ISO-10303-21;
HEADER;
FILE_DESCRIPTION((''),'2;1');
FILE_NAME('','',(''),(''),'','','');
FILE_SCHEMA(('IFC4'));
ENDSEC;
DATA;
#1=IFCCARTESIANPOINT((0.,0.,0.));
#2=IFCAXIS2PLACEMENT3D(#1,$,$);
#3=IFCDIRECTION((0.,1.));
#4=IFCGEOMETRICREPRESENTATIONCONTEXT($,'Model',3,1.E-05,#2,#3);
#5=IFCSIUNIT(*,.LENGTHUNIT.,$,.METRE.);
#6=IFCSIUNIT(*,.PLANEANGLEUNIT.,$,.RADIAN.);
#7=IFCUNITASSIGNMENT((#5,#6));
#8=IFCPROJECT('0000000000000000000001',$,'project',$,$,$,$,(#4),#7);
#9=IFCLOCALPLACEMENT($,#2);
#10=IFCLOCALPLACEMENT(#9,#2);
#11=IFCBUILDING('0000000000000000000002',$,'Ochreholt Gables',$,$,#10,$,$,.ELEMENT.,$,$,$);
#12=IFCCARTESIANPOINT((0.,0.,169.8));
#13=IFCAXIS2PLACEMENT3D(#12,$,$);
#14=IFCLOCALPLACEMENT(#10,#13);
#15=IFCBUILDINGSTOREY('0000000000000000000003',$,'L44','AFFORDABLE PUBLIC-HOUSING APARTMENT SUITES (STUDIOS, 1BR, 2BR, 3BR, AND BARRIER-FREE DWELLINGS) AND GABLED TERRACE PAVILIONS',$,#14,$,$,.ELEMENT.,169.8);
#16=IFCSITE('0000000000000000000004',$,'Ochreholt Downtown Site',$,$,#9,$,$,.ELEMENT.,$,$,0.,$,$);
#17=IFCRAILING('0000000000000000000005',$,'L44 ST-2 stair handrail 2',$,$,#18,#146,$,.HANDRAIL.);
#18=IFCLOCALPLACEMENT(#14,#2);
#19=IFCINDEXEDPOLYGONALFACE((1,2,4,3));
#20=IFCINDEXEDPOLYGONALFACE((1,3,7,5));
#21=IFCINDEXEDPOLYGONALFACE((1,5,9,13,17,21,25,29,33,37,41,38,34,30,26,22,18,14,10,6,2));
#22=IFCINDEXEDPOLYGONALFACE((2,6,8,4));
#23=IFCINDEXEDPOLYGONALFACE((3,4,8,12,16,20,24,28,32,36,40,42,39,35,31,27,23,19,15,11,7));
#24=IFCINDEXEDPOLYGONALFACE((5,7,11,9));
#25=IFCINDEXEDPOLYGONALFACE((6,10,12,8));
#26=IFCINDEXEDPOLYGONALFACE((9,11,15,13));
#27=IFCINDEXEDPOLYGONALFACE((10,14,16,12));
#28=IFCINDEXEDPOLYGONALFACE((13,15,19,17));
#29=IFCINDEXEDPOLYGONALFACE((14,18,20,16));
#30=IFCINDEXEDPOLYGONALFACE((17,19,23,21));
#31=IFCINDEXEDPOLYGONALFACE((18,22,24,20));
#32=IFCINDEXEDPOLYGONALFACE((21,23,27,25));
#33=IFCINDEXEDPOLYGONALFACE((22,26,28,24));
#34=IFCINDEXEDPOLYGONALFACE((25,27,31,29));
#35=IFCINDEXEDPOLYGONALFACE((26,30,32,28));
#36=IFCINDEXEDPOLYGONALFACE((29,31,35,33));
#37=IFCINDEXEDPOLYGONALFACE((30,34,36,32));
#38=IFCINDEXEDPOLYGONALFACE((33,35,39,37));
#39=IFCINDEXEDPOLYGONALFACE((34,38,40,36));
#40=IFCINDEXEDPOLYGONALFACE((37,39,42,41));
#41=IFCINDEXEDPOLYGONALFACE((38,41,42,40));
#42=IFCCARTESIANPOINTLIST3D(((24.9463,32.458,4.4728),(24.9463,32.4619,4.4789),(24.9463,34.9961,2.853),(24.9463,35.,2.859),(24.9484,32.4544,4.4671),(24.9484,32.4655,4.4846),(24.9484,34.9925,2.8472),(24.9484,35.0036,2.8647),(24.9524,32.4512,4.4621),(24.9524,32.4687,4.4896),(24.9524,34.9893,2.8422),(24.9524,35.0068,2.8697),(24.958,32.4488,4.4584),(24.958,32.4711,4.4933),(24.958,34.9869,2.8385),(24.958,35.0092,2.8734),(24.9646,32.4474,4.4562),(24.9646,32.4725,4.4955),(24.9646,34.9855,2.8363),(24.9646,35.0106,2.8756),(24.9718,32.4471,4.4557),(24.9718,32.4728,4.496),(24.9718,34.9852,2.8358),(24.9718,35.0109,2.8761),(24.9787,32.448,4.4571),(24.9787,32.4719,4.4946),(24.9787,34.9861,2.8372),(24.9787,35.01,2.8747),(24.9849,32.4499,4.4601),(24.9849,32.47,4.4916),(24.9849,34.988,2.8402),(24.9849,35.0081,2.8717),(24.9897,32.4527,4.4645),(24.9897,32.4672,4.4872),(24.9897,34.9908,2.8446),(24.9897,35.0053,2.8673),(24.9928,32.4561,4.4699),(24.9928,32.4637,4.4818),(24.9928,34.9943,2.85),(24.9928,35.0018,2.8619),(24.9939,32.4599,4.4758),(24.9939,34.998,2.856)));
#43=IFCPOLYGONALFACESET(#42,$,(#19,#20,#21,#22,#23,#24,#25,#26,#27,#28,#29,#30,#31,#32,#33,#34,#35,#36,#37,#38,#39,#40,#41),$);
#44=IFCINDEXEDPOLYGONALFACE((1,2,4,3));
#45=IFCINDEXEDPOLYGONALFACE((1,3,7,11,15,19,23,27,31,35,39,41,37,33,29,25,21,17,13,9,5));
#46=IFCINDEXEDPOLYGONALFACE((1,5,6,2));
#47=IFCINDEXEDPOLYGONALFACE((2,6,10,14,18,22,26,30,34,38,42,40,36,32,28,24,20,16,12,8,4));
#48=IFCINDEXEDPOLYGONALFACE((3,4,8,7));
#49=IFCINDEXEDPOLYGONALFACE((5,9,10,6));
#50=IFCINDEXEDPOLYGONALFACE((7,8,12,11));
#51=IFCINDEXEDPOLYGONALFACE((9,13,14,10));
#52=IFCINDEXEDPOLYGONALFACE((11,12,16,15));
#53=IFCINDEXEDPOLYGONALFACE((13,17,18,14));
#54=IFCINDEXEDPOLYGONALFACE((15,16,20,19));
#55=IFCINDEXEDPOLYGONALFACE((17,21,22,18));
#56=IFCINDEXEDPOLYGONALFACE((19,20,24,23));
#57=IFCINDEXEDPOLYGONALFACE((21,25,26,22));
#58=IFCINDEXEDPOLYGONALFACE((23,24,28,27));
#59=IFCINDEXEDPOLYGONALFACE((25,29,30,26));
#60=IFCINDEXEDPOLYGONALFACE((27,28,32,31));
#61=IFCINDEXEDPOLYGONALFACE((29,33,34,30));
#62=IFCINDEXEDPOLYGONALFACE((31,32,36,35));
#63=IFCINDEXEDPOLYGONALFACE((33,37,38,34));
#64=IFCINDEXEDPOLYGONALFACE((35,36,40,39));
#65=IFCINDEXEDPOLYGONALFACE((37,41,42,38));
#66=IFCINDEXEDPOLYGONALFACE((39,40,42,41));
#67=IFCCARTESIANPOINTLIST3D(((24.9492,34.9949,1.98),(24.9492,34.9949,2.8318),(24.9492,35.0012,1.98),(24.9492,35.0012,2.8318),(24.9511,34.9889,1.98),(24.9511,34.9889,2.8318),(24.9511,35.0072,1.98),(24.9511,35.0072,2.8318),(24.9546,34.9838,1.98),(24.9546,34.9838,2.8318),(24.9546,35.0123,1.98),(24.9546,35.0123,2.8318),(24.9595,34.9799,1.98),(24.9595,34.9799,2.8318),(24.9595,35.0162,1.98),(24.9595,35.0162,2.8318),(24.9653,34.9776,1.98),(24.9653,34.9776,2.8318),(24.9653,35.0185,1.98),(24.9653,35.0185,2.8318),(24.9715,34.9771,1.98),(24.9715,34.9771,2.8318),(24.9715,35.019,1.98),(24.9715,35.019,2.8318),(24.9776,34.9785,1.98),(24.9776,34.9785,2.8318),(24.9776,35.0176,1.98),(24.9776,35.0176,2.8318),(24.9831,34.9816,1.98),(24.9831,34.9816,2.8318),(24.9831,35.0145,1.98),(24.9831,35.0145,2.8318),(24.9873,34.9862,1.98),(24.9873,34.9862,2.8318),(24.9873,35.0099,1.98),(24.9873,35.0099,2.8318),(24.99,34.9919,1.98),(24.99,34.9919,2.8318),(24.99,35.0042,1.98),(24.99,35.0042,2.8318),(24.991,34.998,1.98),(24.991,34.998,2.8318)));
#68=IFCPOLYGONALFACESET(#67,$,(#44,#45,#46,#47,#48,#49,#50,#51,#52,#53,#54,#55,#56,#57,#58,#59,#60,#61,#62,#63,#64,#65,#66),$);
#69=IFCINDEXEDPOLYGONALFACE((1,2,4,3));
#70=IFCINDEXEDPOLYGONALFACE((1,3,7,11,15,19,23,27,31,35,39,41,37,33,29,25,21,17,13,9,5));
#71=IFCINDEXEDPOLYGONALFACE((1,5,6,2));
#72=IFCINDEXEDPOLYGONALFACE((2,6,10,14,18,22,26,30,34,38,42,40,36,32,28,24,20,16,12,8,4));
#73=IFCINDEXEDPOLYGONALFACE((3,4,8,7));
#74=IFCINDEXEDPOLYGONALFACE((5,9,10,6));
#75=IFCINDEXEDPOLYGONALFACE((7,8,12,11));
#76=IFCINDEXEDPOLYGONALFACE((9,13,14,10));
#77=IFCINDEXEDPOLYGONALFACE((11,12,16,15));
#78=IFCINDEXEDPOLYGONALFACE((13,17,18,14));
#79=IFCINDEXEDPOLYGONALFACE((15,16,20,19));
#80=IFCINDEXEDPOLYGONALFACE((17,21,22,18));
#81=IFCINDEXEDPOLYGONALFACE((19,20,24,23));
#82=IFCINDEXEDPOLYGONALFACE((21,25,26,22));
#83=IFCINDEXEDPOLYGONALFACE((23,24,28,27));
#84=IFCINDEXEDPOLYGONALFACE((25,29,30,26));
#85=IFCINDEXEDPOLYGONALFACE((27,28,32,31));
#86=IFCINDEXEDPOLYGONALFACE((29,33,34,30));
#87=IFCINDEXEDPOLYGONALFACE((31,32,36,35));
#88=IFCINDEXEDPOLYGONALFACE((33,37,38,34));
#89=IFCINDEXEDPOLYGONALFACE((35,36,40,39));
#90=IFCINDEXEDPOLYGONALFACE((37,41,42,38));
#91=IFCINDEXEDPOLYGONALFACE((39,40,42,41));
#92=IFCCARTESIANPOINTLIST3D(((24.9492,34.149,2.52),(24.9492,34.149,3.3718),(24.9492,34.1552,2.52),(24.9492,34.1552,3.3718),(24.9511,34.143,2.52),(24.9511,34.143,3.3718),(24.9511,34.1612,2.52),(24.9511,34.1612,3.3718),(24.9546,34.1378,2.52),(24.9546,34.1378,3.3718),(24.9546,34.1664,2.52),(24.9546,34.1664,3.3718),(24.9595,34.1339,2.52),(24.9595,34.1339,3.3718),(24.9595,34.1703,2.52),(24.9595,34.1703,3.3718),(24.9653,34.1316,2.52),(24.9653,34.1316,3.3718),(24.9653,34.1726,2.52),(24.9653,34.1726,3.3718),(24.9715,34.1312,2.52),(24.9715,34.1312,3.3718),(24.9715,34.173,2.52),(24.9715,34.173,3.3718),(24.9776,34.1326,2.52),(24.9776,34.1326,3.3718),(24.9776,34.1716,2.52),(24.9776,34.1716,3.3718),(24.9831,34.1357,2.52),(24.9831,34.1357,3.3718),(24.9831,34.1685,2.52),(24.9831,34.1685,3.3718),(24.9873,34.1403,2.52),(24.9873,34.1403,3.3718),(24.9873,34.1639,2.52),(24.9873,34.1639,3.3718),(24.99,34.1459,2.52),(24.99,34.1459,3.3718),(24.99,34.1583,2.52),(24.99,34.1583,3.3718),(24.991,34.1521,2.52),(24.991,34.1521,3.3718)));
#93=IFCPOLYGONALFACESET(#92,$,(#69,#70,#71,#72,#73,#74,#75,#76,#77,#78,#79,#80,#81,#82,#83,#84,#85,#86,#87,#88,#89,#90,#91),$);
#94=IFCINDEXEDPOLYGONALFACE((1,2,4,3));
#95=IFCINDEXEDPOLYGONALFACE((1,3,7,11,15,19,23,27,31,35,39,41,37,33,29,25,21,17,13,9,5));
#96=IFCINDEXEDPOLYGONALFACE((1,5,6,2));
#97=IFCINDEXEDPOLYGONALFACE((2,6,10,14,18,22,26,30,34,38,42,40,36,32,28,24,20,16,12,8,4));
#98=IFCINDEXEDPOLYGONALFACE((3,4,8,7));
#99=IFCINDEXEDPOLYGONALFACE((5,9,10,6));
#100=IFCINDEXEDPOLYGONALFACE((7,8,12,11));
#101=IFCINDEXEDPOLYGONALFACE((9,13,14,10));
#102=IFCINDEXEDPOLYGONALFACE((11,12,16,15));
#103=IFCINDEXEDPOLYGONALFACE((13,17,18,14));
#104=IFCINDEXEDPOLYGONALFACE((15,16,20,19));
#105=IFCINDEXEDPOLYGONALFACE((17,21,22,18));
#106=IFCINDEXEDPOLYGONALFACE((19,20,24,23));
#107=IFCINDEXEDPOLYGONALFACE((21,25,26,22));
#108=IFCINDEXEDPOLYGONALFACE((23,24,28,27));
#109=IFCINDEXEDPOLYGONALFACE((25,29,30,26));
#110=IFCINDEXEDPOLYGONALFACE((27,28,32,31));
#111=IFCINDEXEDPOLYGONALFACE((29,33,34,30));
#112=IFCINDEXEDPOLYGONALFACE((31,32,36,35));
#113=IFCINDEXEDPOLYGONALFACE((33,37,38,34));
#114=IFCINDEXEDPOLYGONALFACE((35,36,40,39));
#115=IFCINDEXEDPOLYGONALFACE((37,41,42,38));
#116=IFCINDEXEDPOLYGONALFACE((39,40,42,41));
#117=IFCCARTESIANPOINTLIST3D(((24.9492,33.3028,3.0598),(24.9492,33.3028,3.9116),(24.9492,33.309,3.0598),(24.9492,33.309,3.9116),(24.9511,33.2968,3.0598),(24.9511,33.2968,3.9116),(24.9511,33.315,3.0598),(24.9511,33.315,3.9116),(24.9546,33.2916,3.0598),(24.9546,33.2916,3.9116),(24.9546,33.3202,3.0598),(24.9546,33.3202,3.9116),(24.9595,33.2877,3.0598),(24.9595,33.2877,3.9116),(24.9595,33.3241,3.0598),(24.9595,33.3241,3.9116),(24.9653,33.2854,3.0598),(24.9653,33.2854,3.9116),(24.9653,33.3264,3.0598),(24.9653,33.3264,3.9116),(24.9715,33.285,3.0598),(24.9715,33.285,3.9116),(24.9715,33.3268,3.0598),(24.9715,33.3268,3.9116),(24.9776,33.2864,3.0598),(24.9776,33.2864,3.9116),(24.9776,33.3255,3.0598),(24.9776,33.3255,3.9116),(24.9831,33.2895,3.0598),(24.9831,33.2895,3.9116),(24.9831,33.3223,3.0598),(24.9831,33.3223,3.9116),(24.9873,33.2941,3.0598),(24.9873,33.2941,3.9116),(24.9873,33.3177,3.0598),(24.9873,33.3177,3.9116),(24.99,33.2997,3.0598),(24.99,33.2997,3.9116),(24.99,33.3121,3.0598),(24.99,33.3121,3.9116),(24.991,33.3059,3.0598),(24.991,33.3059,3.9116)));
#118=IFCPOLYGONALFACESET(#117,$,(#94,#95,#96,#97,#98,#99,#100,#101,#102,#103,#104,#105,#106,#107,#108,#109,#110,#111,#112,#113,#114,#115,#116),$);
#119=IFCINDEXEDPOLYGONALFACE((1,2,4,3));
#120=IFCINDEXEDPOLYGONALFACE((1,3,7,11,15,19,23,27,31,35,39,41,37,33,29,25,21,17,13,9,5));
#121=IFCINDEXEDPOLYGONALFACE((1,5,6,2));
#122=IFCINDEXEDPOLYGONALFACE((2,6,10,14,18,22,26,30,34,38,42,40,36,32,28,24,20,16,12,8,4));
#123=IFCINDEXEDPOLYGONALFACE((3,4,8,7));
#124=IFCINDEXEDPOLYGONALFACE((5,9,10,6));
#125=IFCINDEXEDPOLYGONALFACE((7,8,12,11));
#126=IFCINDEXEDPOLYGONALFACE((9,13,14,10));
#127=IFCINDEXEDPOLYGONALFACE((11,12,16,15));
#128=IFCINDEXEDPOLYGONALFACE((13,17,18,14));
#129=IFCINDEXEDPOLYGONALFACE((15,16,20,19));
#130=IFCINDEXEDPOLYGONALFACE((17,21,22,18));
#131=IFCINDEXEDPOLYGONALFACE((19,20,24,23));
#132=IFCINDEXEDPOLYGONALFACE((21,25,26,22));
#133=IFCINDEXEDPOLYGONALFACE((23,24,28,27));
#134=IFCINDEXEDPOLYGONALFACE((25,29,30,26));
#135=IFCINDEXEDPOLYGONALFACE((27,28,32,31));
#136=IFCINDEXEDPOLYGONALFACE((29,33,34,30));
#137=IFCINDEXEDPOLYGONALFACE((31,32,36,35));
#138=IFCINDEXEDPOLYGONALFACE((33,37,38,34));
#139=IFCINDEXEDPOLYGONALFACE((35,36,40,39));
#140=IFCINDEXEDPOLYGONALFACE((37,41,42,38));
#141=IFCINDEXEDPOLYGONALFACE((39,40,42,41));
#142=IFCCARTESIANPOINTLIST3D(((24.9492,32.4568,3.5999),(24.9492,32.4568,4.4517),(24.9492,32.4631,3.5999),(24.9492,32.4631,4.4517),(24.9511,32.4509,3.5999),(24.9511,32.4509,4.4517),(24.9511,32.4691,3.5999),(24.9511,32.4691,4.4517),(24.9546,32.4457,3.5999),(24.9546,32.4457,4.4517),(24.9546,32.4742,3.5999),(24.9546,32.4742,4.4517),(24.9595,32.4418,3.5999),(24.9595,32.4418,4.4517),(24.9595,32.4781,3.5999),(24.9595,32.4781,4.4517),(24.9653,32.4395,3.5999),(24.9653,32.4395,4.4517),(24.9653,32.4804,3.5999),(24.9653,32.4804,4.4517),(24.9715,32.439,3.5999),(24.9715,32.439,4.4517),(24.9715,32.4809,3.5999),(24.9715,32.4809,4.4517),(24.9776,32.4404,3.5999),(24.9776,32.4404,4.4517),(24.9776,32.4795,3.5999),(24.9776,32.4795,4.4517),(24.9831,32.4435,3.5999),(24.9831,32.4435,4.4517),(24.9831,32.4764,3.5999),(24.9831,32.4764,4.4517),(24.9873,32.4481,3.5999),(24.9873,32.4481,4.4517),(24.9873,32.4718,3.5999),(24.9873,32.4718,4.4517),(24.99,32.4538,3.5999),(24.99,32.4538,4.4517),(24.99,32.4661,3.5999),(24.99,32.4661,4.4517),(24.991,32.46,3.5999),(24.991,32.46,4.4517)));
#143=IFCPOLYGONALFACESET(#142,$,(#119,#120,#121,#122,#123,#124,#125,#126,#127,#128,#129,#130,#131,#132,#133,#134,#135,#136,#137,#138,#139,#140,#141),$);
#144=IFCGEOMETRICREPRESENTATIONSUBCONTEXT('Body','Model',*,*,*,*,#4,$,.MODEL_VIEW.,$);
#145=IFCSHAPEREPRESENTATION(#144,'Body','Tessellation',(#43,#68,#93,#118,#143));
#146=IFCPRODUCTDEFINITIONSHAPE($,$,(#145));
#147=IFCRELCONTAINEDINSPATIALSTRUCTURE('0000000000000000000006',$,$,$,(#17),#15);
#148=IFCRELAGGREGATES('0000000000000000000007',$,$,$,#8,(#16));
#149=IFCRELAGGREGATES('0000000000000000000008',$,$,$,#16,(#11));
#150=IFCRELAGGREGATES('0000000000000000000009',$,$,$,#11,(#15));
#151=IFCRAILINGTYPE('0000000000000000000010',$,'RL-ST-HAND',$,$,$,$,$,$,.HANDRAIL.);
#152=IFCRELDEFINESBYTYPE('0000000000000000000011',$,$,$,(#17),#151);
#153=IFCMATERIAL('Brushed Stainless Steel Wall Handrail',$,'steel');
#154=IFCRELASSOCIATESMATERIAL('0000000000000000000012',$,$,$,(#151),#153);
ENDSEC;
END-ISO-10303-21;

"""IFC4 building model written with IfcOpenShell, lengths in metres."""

from ifc_helpers import new_model, si_unit, direction, frame, origin, origin_2d, place, context, subcontext, project, spatial, circle, extrude, material, type_object, element, save


model = new_model("IFC4")

# Units and contexts
model_context = context("Model", 3, precision=1e-05, world=origin(), true_north=direction((0.0, 1.0)))
body_context = subcontext(model_context, "Body", "Model", "MODEL_VIEW")
ifc_project = project(units=[si_unit("LENGTHUNIT", "METRE"), si_unit("PLANEANGLEUNIT", "RADIAN")], contexts=[model_context])

# Site, building, storey
site_placement = place(None, origin())
site = spatial("IfcSite", under=ifc_project, at=site_placement, Name="Ochreholt Downtown Site", CompositionType="ELEMENT", RefElevation=0.0)
building_placement = place(site_placement, origin())
building = spatial("IfcBuilding", under=site, at=building_placement, Name="Ochreholt Gables", CompositionType="ELEMENT")
storey_placement = place(building_placement, frame((0.0, 0.0, 169.8)))
storey = spatial("IfcBuildingStorey", under=building, at=storey_placement, Name="L44", Description="AFFORDABLE PUBLIC-HOUSING APARTMENT SUITES (STUDIOS, 1BR, 2BR, 3BR, AND BARRIER-FREE DWELLINGS) AND GABLED TERRACE PAVILIONS", CompositionType="ELEMENT", Elevation=169.8)

# Railing
ifc_material_1 = material(Name="Brushed Stainless Steel Wall Handrail", Category="steel")
railing_type_1 = type_object("IfcRailingType", Name="RL-ST-HAND", PredefinedType="HANDRAIL", material=ifc_material_1)
railing_1_placement = place(storey_placement, frame((24.97, 34.998, 1.98)))
element("IfcRailing", 1, at=railing_1_placement, inside=storey, type_object=railing_type_1, Name="L44 ST-2 stair handrail 2", PredefinedType="HANDRAIL", context=body_context, shape_type="SweptSolid", body=[
    extrude(circle(Radius=0.0239, at=origin_2d()), frame((0.0, 0.0, 0.876), z_axis=(0.0, -0.84295, 0.537993), x_axis=(1.0, 0.0, 0.0)), (0.0, 0.0, 1.0), 3.011),
    extrude(circle(Radius=0.021, at=origin_2d()), origin(), (0.0, 0.0, 1.0), 0.8518),
    extrude(circle(Radius=0.021, at=origin_2d()), frame((0.0, -0.8459, 0.54)), (0.0, 0.0, 1.0), 0.8518),
    extrude(circle(Radius=0.021, at=origin_2d()), frame((0.0, -1.6921, 1.0798)), (0.0, 0.0, 1.0), 0.8518),
    extrude(circle(Radius=0.021, at=origin_2d()), frame((0.0, -2.5381, 1.6199)), (0.0, 0.0, 1.0), 0.8518),
])

save(model, "model.ifc")
